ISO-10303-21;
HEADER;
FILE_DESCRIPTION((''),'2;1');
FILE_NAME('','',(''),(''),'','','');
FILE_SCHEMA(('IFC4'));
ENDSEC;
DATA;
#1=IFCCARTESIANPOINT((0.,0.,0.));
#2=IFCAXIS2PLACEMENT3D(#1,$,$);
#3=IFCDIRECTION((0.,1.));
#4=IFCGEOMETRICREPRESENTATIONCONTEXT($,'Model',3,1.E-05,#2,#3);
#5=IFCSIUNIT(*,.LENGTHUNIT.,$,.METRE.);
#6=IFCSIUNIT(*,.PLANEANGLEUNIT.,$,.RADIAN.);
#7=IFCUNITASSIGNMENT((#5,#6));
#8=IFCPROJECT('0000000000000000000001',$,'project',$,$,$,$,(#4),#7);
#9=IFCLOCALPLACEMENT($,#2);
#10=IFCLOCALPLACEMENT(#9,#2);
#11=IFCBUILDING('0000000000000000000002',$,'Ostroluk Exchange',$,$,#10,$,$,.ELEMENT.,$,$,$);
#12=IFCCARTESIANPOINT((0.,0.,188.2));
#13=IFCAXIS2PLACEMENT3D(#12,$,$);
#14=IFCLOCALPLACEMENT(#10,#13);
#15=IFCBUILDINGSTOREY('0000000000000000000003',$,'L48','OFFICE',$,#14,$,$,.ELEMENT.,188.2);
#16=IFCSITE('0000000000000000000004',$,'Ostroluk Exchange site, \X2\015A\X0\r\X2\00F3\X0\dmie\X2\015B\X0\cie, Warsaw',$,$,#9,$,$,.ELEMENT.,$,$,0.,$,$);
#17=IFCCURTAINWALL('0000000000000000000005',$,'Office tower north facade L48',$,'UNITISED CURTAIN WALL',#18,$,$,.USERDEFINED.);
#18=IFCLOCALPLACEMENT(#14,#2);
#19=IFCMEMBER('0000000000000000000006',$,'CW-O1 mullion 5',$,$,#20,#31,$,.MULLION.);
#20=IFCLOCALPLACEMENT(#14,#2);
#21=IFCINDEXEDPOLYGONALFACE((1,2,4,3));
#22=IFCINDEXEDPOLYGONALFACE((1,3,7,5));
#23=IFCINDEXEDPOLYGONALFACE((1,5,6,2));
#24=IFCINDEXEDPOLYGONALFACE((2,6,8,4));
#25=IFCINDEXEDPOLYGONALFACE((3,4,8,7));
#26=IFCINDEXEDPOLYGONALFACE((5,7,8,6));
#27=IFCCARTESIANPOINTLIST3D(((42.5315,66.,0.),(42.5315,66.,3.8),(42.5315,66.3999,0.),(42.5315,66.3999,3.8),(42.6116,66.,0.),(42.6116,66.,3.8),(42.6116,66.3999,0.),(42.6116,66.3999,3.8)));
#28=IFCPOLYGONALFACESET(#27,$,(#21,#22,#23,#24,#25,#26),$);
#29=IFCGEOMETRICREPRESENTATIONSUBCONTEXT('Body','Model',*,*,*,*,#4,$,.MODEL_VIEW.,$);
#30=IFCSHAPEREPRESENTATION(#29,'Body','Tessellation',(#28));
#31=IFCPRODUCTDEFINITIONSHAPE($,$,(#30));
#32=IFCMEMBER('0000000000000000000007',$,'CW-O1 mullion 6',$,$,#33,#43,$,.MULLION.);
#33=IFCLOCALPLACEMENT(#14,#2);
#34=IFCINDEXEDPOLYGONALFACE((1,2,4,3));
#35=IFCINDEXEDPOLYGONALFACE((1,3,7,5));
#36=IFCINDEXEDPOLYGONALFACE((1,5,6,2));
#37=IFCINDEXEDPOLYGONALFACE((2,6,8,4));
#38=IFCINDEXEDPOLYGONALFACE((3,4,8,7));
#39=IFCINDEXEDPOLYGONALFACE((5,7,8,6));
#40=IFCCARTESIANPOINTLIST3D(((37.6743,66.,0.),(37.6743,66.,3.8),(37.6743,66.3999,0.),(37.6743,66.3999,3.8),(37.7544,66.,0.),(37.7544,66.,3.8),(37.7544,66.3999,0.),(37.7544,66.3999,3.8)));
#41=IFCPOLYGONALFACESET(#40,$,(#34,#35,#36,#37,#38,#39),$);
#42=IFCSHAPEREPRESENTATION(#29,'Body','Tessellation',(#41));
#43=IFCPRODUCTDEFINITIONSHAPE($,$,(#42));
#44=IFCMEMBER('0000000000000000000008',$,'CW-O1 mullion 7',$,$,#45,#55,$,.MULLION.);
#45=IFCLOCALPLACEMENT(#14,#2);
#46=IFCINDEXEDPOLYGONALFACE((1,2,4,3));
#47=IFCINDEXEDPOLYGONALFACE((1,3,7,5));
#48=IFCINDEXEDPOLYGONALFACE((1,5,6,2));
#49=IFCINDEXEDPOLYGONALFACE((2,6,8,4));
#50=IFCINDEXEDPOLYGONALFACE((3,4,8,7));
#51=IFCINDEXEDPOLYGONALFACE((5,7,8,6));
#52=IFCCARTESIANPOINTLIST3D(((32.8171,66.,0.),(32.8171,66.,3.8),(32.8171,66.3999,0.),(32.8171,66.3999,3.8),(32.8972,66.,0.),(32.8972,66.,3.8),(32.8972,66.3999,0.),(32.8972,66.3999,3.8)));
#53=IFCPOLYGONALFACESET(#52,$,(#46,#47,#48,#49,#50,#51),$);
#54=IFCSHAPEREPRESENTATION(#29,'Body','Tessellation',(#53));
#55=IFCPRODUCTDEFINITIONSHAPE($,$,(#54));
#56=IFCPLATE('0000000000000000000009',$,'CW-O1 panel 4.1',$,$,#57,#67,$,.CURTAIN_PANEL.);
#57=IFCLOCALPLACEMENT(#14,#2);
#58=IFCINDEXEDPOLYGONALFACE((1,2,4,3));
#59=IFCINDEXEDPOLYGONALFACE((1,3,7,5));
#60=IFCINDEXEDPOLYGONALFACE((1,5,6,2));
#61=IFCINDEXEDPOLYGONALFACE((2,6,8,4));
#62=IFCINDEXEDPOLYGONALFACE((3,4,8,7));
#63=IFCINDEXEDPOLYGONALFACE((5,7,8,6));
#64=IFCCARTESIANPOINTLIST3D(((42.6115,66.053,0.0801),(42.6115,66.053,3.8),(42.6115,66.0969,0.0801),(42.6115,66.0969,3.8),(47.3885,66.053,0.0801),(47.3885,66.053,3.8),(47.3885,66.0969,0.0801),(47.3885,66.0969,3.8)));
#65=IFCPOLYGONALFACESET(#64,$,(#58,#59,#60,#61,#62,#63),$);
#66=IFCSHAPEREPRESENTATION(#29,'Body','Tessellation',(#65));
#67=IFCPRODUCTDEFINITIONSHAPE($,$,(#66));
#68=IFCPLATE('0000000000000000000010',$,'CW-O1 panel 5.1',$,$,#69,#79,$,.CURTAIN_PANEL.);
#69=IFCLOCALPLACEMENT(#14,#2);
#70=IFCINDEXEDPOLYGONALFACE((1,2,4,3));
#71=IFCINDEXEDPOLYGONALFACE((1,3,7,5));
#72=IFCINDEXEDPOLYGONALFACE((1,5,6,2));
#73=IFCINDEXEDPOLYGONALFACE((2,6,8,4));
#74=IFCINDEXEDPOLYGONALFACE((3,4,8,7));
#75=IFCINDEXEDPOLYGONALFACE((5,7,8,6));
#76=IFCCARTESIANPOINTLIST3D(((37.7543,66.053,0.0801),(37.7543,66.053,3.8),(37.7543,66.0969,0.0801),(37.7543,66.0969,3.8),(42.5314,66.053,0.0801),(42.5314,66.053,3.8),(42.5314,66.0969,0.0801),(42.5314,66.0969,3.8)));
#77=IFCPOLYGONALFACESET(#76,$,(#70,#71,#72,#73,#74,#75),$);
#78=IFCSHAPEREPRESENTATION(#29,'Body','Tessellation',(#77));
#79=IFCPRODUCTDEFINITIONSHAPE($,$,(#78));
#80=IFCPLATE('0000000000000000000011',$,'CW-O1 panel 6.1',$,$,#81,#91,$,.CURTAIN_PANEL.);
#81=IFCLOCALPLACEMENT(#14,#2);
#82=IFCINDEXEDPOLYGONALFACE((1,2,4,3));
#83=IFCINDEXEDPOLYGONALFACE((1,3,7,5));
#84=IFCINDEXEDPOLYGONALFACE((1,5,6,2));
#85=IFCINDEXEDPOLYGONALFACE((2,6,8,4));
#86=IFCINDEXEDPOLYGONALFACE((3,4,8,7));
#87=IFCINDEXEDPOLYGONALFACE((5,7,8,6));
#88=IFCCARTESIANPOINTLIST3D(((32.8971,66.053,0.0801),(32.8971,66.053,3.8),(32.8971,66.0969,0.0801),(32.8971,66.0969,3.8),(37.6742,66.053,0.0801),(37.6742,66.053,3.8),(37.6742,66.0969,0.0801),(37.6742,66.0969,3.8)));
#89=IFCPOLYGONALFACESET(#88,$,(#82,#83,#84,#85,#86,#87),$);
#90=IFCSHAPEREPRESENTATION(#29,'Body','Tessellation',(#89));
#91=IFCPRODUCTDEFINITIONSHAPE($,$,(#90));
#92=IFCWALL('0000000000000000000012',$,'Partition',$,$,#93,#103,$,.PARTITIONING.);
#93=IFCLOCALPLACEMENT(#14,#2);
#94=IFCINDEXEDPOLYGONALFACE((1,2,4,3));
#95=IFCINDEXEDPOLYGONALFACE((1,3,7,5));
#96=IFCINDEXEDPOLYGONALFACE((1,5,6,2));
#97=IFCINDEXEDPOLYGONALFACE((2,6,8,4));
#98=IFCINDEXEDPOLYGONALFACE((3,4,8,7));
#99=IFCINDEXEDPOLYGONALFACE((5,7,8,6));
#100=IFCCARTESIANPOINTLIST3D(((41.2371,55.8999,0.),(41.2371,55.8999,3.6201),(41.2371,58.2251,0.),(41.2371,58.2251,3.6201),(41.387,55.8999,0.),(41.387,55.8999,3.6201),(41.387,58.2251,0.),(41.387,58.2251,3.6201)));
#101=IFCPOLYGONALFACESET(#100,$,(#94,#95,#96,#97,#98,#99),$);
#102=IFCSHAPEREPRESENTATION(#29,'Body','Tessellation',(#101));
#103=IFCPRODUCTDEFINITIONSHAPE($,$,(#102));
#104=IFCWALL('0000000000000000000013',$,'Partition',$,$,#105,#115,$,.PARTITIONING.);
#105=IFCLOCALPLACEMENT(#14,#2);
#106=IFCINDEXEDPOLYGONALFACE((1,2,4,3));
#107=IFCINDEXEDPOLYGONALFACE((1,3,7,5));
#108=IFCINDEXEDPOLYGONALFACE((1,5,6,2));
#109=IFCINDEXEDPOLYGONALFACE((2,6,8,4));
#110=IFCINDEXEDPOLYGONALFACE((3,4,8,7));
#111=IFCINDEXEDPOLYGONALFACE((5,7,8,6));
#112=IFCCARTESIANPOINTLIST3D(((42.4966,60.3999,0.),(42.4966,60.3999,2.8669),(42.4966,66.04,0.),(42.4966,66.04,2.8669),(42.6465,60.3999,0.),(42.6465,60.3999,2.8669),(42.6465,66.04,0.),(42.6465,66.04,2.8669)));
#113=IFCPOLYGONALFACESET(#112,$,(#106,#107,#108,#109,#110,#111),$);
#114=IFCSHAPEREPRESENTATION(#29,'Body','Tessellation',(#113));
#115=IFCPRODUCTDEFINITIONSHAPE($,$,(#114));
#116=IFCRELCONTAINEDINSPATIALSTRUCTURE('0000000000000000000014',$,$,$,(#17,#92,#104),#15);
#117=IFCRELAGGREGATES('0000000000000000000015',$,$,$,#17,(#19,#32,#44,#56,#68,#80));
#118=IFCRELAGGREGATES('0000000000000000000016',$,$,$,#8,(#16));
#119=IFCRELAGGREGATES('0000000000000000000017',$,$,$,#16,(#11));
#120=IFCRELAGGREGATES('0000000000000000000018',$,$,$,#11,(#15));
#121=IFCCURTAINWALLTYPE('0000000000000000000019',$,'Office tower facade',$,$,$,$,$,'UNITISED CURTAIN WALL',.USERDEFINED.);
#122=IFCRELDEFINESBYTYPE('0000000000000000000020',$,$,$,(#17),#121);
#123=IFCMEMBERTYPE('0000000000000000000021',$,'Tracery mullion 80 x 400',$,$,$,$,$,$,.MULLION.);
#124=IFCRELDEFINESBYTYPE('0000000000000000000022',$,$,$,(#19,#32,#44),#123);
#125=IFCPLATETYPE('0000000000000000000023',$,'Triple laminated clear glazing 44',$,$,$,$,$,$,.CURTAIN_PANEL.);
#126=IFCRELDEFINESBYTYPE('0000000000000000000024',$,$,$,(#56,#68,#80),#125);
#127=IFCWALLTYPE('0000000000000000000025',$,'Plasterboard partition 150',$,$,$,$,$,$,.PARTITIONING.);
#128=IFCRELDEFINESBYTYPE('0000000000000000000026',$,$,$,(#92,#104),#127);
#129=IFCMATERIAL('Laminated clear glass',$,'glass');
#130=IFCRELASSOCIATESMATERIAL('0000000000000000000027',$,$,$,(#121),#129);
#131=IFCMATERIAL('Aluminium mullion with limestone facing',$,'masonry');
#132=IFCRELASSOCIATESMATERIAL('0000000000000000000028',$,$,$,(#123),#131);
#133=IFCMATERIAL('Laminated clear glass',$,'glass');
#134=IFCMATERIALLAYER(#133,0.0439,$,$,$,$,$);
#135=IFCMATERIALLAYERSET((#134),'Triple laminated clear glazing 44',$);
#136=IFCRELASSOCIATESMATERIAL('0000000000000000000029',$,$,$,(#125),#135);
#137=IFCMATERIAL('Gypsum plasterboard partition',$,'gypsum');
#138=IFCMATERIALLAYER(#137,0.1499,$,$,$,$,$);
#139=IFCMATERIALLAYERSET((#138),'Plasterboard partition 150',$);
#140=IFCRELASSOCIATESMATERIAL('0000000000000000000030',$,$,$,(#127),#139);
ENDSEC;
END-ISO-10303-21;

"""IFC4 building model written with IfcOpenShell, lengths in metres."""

from ifc_helpers import new_model, si_unit, direction, frame, frame_2d, origin, origin_2d, place, context, subcontext, project, spatial, rectangle, extrude, material, layer, layer_set, material_profile, profile_set, type_object, element, aggregate, save


model = new_model("IFC4")

# Units and contexts
model_context = context("Model", 3, precision=1e-05, world=origin(), true_north=direction((0.0, 1.0)))
body_context = subcontext(model_context, "Body", "Model", "MODEL_VIEW")
ifc_project = project(units=[si_unit("LENGTHUNIT", "METRE"), si_unit("PLANEANGLEUNIT", "RADIAN")], contexts=[model_context])

# Site, building, storey
site_placement = place(None, origin())
site = spatial("IfcSite", under=ifc_project, at=site_placement, Name="Ostroluk Exchange site, Śródmieście, Warsaw", CompositionType="ELEMENT", RefElevation=0.0)
building_placement = place(site_placement, origin())
building = spatial("IfcBuilding", under=site, at=building_placement, Name="Ostroluk Exchange", CompositionType="ELEMENT")
storey_placement = place(building_placement, frame((0.0, 0.0, 188.2)))
storey = spatial("IfcBuildingStorey", under=building, at=storey_placement, Name="L48", Description="OFFICE", CompositionType="ELEMENT", Elevation=188.2)

# Curtain wall, members, plates
ifc_material_1 = material(Name="Laminated clear glass", Category="glass")
curtain_wall_type = type_object("IfcCurtainWallType", Name="Office tower facade", ElementType="UNITISED CURTAIN WALL", PredefinedType="USERDEFINED", material=ifc_material_1)
curtain_wall_placement = place(storey_placement, origin())
curtain_wall = element("IfcCurtainWall", 1, at=curtain_wall_placement, inside=storey, type_object=curtain_wall_type, Name="Office tower north facade L48", ObjectType="UNITISED CURTAIN WALL", PredefinedType="USERDEFINED")
ifc_material_2 = material(Name="Aluminium mullion with limestone facing", Category="masonry")
ifc_material_profile_1 = material_profile(ifc_material_2, rectangle(XDim=0.3999, YDim=0.0801, at=origin_2d()), Name="Tracery mullion 80 x 400")
ifc_profile_set_1 = profile_set([ifc_material_profile_1], Name="Aluminium mullion with limestone facing")
member_type_1 = type_object("IfcMemberType", Name="Tracery mullion 80 x 400", PredefinedType="MULLION", material=ifc_profile_set_1)
member_1_placement = place(storey_placement, frame((42.5715, 66.2, 0.0), z_axis=(0.0, 0.0, 1.0), x_axis=(0.0, -1.0, 0.0)))
member_1 = element("IfcMember", 2, at=member_1_placement, type_object=member_type_1, Name="CW-O1 mullion 5", PredefinedType="MULLION", context=body_context, shape_type="SweptSolid", body=[
    extrude(rectangle(XDim=0.3999, YDim=0.0801, at=origin_2d()), origin(), (0.0, 0.0, 1.0), 3.8),
])
member_2_placement = place(storey_placement, frame((37.7144, 66.2, 0.0), z_axis=(0.0, 0.0, 1.0), x_axis=(0.0, -1.0, 0.0)))
member_2 = element("IfcMember", 3, at=member_2_placement, type_object=member_type_1, Name="CW-O1 mullion 6", PredefinedType="MULLION", context=body_context, shape_type="SweptSolid", body=[
    extrude(rectangle(XDim=0.3999, YDim=0.0801, at=origin_2d()), origin(), (0.0, 0.0, 1.0), 3.8),
])
member_3_placement = place(storey_placement, frame((32.8572, 66.2, 0.0), z_axis=(0.0, 0.0, 1.0), x_axis=(0.0, -1.0, 0.0)))
member_3 = element("IfcMember", 4, at=member_3_placement, type_object=member_type_1, Name="CW-O1 mullion 7", PredefinedType="MULLION", context=body_context, shape_type="SweptSolid", body=[
    extrude(rectangle(XDim=0.3999, YDim=0.0801, at=origin_2d()), origin(), (0.0, 0.0, 1.0), 3.8),
])
ifc_material_3 = material(Name="Laminated clear glass", Category="glass")
ifc_layer_1 = layer(ifc_material_3, 0.0439)
ifc_layer_set_1 = layer_set([ifc_layer_1], Name="Triple laminated clear glazing 44")
plate_type = type_object("IfcPlateType", Name="Triple laminated clear glazing 44", PredefinedType="CURTAIN_PANEL", material=ifc_layer_set_1)
plate_1_placement = place(storey_placement, frame((45.0, 66.075, 0.0801), z_axis=(0.0, 0.0, 1.0), x_axis=(-1.0, 0.0, 0.0)))
plate_1 = element("IfcPlate", 5, at=plate_1_placement, type_object=plate_type, Name="CW-O1 panel 4.1", PredefinedType="CURTAIN_PANEL", context=body_context, shape_type="SweptSolid", body=[
    extrude(rectangle(XDim=4.7771, YDim=0.0439, at=origin_2d()), origin(), (0.0, 0.0, 1.0), 3.72),
])
plate_2_placement = place(storey_placement, frame((40.1428, 66.075, 0.0801), z_axis=(0.0, 0.0, 1.0), x_axis=(-1.0, 0.0, 0.0)))
plate_2 = element("IfcPlate", 6, at=plate_2_placement, type_object=plate_type, Name="CW-O1 panel 5.1", PredefinedType="CURTAIN_PANEL", context=body_context, shape_type="SweptSolid", body=[
    extrude(rectangle(XDim=4.7771, YDim=0.0439, at=origin_2d()), origin(), (0.0, 0.0, 1.0), 3.72),
])
plate_3_placement = place(storey_placement, frame((35.2856, 66.075, 0.0801), z_axis=(0.0, 0.0, 1.0), x_axis=(-1.0, 0.0, 0.0)))
plate_3 = element("IfcPlate", 7, at=plate_3_placement, type_object=plate_type, Name="CW-O1 panel 6.1", PredefinedType="CURTAIN_PANEL", context=body_context, shape_type="SweptSolid", body=[
    extrude(rectangle(XDim=4.7771, YDim=0.0439, at=origin_2d()), origin(), (0.0, 0.0, 1.0), 3.72),
])
aggregate(curtain_wall, [member_1, member_2, member_3, plate_1, plate_2, plate_3])

# Walls
ifc_material_4 = material(Name="Gypsum plasterboard partition", Category="gypsum")
ifc_layer_2 = layer(ifc_material_4, 0.1499)
ifc_layer_set_2 = layer_set([ifc_layer_2], Name="Plasterboard partition 150")
wall_type = type_object("IfcWallType", Name="Plasterboard partition 150", PredefinedType="PARTITIONING", material=ifc_layer_set_2)
wall_1_placement = place(storey_placement, frame((41.312, 55.8999, 0.0), z_axis=(0.0, 0.0, 1.0), x_axis=(0.0, 1.0, 0.0)))
element("IfcWall", 8, at=wall_1_placement, inside=storey, type_object=wall_type, Name="Partition", PredefinedType="PARTITIONING", context=body_context, shape_type="SweptSolid", body=[
    extrude(rectangle(XDim=2.3252, YDim=0.1499, at=frame_2d((1.1626, 0.0))), origin(), (0.0, 0.0, 1.0), 3.6201),
])
wall_2_placement = place(storey_placement, frame((42.5715, 60.3999, 0.0), z_axis=(0.0, 0.0, 1.0), x_axis=(0.0, 1.0, 0.0)))
element("IfcWall", 9, at=wall_2_placement, inside=storey, type_object=wall_type, Name="Partition", PredefinedType="PARTITIONING", context=body_context, shape_type="SweptSolid", body=[
    extrude(rectangle(XDim=5.6401, YDim=0.1499, at=frame_2d((2.8201, 0.0))), origin(), (0.0, 0.0, 1.0), 2.8669),
])

save(model, "model.ifc")
